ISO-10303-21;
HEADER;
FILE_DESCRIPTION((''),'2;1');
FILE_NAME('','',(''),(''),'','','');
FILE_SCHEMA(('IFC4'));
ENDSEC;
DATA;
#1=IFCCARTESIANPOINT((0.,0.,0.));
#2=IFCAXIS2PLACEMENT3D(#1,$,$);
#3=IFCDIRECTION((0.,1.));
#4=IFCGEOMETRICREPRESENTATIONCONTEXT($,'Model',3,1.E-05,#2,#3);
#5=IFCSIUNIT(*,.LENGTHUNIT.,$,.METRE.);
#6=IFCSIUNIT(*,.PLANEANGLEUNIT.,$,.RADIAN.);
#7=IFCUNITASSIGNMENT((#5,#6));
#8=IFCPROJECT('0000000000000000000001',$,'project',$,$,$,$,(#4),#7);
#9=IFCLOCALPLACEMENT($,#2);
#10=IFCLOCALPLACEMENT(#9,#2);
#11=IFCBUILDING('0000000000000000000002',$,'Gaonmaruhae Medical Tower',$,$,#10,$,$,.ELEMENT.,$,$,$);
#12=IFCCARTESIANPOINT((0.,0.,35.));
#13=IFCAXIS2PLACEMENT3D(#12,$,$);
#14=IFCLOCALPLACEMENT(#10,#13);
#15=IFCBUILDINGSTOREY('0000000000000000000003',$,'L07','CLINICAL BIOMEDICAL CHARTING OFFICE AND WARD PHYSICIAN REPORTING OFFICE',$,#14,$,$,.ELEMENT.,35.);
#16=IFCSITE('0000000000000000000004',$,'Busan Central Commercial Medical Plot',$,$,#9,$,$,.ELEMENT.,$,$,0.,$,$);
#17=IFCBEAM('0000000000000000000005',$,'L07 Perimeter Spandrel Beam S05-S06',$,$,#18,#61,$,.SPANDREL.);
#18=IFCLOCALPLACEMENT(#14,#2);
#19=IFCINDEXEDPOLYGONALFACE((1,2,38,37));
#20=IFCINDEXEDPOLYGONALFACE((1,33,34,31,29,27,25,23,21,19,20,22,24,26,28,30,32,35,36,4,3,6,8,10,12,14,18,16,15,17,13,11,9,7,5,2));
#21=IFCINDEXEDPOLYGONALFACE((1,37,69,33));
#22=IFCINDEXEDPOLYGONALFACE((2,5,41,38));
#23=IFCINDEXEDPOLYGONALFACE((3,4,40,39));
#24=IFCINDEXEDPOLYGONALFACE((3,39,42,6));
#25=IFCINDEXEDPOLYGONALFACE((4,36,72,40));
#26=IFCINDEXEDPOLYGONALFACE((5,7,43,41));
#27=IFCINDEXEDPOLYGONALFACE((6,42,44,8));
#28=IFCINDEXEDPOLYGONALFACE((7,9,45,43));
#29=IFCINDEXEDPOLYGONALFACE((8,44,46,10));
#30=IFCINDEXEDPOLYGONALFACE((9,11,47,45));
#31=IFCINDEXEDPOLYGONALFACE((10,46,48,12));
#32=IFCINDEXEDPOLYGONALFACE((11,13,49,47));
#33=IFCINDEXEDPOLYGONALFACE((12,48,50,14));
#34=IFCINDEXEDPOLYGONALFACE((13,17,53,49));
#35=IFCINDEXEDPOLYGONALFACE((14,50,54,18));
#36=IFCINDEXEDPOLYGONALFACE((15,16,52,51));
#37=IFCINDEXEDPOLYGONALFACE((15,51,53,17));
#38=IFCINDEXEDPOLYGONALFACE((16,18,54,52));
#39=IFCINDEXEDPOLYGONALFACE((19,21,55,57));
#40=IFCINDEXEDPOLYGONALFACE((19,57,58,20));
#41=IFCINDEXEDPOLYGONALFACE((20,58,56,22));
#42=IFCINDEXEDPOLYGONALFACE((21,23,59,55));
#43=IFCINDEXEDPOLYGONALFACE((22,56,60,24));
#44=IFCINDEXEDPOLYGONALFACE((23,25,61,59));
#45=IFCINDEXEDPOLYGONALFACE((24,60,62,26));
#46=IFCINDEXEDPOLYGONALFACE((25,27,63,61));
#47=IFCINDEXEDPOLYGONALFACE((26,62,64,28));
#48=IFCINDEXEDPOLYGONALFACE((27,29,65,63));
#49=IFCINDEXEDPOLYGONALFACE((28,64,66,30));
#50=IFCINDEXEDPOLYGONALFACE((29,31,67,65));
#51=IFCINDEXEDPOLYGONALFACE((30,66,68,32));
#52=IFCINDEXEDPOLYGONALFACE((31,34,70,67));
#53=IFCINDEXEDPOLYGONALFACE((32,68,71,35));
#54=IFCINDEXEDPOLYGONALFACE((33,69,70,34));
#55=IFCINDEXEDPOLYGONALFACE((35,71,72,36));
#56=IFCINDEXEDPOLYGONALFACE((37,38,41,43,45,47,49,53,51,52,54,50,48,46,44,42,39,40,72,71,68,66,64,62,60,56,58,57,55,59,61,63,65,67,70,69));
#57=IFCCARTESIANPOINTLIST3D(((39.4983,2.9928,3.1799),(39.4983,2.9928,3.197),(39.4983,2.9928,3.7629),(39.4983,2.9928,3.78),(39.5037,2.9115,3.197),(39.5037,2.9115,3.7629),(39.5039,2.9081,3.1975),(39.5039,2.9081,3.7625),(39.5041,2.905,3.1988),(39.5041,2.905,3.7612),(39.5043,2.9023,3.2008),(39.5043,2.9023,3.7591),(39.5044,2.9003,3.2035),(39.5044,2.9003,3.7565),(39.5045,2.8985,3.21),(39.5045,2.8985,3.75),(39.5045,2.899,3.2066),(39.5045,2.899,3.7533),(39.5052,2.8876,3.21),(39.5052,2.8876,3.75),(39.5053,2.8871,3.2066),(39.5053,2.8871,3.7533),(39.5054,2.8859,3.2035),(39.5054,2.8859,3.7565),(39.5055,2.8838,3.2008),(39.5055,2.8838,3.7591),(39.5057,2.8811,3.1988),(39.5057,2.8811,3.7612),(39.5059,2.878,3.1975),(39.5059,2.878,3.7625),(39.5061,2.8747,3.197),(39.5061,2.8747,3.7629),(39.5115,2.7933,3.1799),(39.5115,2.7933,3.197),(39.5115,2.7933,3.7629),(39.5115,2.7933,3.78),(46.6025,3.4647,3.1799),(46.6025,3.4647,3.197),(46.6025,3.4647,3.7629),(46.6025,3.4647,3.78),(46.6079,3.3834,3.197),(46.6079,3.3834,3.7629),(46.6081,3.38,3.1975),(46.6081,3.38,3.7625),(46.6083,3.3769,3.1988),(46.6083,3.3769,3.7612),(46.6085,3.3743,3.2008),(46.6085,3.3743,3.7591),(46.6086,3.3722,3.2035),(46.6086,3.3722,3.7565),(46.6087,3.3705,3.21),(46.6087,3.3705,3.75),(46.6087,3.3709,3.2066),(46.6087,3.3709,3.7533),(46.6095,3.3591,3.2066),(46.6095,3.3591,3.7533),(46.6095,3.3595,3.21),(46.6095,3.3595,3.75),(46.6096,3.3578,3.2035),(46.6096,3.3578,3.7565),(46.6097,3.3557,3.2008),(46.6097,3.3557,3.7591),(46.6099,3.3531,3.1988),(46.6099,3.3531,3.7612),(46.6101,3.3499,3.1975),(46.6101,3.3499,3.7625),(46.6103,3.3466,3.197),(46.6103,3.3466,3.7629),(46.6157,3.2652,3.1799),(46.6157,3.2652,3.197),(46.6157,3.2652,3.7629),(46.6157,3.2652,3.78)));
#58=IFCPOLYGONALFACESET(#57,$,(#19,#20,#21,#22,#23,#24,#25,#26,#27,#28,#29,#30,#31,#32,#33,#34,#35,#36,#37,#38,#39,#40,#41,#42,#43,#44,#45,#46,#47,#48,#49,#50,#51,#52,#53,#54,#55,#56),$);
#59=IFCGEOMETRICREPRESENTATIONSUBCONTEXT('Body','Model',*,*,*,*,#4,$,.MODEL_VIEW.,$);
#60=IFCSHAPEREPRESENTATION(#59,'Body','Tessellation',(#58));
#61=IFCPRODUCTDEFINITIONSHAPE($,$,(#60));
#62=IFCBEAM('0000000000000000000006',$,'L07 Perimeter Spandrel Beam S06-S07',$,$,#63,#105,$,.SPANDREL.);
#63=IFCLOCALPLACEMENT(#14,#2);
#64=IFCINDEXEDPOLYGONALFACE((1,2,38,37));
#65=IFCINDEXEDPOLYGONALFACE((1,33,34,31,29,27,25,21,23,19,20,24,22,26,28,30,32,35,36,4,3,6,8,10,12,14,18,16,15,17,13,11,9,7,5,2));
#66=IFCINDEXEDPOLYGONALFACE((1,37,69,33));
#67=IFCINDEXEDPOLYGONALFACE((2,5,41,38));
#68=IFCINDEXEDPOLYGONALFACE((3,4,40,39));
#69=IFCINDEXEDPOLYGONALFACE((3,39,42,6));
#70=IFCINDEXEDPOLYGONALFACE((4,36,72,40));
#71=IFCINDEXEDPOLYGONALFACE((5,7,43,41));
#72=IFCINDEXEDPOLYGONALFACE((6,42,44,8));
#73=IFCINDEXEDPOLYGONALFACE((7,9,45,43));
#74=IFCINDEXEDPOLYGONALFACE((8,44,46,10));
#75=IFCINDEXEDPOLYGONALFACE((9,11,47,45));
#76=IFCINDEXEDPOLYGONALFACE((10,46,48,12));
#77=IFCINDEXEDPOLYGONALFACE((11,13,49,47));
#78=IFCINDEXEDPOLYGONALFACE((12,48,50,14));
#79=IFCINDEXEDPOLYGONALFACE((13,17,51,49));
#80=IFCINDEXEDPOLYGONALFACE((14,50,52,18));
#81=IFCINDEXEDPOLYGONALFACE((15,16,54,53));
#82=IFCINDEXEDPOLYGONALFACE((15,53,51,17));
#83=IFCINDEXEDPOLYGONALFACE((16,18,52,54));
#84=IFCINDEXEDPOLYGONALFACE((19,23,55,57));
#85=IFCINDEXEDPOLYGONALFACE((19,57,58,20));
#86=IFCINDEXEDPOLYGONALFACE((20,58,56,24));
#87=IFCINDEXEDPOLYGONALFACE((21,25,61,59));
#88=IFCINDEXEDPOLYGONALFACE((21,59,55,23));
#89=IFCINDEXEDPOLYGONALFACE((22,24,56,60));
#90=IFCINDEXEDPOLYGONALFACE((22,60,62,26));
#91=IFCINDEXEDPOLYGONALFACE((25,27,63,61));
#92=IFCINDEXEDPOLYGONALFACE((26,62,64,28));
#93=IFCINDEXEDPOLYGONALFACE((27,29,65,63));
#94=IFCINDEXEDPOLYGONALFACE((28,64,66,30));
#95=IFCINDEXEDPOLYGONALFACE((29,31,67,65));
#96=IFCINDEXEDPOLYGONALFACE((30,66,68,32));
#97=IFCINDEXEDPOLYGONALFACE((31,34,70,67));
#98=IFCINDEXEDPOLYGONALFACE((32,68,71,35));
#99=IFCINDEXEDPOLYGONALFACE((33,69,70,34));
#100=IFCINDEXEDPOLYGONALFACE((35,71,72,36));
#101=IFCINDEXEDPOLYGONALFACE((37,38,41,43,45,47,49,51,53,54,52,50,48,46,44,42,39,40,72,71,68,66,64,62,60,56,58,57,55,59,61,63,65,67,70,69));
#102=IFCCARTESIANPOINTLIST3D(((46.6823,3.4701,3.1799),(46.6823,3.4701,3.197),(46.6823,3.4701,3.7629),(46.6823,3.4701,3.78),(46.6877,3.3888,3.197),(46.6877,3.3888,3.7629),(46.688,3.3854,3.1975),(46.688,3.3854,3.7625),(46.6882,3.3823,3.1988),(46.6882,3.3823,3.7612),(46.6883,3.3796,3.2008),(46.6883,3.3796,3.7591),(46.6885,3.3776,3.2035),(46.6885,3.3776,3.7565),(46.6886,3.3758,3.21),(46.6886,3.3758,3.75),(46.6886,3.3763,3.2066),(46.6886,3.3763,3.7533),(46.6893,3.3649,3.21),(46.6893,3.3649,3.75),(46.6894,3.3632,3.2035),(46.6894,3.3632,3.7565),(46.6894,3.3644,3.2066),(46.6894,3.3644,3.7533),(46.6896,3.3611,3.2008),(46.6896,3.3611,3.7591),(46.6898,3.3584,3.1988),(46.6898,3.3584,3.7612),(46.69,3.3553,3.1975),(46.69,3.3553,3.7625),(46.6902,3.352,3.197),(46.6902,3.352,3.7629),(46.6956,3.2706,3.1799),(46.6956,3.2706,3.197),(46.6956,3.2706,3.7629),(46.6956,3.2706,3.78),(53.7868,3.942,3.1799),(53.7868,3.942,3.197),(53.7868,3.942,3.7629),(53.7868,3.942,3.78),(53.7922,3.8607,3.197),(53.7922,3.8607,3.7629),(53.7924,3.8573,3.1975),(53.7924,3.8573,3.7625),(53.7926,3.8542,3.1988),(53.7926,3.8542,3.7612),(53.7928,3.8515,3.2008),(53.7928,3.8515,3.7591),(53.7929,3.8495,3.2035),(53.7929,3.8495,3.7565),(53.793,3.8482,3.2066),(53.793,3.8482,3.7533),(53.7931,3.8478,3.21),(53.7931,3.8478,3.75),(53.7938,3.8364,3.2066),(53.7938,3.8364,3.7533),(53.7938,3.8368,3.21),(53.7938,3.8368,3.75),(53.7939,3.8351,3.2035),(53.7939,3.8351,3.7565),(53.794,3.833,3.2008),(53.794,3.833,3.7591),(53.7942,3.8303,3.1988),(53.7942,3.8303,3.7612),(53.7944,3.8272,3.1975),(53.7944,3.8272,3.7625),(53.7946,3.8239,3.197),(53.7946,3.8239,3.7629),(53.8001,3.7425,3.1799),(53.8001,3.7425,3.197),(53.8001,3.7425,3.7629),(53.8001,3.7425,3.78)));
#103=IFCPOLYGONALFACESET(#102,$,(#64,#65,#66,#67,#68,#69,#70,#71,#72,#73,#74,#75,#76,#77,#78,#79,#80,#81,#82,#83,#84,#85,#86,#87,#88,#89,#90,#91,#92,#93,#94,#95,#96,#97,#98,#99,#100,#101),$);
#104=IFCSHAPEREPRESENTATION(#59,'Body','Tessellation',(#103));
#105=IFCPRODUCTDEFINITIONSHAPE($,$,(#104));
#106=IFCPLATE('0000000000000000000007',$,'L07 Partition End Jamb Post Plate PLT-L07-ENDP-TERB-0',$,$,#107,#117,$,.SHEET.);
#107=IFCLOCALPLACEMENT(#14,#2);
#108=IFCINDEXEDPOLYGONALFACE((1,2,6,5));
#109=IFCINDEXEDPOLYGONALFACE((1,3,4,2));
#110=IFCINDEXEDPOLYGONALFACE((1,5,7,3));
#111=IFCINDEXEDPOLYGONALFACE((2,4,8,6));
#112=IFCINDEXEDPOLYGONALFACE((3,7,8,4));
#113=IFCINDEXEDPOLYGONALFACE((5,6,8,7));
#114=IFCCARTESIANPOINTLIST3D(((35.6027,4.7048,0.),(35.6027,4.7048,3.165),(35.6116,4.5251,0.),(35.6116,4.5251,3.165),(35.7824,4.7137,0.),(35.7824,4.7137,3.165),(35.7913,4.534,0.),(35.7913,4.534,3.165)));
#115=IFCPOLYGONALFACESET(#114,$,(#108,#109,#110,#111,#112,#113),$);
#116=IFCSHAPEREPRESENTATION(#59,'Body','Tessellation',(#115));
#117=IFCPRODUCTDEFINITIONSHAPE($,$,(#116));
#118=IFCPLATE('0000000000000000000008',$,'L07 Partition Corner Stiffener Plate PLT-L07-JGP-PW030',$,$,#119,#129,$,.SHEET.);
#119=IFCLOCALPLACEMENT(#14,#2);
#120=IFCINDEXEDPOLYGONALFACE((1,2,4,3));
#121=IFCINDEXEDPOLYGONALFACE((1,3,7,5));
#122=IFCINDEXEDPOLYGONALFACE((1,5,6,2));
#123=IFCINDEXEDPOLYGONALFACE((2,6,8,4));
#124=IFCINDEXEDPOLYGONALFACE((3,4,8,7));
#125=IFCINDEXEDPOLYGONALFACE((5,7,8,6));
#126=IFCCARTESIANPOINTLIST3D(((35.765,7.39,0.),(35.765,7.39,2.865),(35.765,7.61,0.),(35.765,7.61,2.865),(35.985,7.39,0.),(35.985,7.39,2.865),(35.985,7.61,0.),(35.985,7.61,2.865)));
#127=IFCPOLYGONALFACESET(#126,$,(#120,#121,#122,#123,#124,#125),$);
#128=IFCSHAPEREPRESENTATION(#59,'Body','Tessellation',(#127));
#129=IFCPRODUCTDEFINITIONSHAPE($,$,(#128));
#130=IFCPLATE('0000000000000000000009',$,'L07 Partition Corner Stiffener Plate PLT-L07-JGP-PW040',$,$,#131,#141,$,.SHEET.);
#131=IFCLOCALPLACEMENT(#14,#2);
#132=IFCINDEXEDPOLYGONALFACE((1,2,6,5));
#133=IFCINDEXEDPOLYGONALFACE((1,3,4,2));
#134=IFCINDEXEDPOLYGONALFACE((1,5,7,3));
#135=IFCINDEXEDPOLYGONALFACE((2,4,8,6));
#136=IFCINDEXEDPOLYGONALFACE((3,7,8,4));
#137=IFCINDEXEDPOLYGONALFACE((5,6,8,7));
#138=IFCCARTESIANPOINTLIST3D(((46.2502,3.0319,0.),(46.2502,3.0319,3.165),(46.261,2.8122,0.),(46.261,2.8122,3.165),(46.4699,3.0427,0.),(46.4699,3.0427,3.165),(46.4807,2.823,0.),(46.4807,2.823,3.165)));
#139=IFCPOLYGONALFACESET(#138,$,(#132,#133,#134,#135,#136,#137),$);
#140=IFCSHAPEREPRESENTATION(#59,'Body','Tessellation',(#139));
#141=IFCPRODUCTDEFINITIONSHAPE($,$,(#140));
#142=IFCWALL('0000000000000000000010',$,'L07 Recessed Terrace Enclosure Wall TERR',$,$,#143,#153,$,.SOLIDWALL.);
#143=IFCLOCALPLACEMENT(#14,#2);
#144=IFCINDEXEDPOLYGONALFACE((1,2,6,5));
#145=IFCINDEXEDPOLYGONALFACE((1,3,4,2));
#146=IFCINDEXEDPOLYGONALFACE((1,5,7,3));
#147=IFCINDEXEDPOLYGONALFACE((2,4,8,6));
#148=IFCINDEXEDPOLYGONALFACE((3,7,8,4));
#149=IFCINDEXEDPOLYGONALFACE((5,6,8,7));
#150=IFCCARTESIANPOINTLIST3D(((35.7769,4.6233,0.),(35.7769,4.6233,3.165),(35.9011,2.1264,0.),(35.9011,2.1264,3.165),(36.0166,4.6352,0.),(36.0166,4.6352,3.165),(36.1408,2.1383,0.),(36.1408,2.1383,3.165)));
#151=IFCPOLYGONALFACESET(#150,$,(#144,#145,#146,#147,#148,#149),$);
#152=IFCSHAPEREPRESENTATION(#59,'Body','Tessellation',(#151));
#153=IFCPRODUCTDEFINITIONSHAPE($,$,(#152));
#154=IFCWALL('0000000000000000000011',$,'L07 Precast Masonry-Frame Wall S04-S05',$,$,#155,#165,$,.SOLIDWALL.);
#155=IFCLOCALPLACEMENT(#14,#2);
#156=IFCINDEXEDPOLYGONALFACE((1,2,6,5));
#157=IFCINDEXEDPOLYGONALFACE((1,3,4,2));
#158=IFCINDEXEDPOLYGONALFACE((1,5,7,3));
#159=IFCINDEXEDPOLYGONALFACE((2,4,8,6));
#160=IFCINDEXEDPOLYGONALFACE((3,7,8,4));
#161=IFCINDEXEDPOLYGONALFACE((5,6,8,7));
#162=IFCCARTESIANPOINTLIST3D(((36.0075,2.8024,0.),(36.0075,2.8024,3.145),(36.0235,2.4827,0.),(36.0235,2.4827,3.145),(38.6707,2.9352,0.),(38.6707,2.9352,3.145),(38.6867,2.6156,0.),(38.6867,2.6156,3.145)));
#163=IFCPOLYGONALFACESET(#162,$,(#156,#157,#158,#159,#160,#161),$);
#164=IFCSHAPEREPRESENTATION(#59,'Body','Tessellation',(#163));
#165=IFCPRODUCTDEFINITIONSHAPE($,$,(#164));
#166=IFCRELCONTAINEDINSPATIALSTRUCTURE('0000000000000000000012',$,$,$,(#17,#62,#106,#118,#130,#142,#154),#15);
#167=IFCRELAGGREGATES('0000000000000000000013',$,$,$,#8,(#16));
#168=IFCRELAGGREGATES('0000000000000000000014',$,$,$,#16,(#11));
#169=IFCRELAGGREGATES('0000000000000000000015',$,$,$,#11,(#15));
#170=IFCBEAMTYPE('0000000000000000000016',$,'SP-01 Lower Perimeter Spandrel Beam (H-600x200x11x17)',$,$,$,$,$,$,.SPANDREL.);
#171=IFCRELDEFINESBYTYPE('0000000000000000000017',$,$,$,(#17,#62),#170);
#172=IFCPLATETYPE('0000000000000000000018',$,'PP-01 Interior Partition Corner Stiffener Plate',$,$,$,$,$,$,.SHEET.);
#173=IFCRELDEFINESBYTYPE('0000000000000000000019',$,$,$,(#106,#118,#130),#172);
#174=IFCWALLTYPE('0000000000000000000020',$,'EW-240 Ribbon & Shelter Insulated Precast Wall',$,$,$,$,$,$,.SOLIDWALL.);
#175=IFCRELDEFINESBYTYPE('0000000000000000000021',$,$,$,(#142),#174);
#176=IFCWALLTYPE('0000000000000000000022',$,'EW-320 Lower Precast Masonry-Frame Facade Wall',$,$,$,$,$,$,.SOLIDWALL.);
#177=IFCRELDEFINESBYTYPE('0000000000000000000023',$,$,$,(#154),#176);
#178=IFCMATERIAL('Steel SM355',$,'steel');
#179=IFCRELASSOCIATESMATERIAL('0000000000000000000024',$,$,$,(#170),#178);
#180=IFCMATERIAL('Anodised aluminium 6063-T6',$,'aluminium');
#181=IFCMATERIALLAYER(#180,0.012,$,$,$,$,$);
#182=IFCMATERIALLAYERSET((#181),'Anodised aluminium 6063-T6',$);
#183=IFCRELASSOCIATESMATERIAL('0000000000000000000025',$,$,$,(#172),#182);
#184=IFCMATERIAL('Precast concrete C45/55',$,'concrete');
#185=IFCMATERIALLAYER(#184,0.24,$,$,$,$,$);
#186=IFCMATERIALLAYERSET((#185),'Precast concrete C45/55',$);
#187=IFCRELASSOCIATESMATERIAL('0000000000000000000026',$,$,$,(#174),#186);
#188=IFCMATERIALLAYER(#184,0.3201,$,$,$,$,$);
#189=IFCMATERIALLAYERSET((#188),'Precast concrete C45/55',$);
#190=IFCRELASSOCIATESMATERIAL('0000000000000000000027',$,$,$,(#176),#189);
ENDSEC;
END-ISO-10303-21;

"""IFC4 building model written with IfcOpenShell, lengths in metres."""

from ifc_helpers import new_model, si_unit, direction, frame, frame_2d, origin, origin_2d, place, context, subcontext, project, spatial, rectangle, i_section, extrude, material, layer, layer_set, material_profile, profile_set, type_object, element, save


model = new_model("IFC4")

# Units and contexts
model_context = context("Model", 3, precision=1e-05, world=origin(), true_north=direction((0.0, 1.0)))
body_context = subcontext(model_context, "Body", "Model", "MODEL_VIEW")
ifc_project = project(units=[si_unit("LENGTHUNIT", "METRE"), si_unit("PLANEANGLEUNIT", "RADIAN")], contexts=[model_context])

# Site, building, storey
site_placement = place(None, origin())
site = spatial("IfcSite", under=ifc_project, at=site_placement, Name="Busan Central Commercial Medical Plot", CompositionType="ELEMENT", RefElevation=0.0)
building_placement = place(site_placement, origin())
building = spatial("IfcBuilding", under=site, at=building_placement, Name="Gaonmaruhae Medical Tower", CompositionType="ELEMENT")
storey_placement = place(building_placement, frame((0.0, 0.0, 35.0)))
storey = spatial("IfcBuildingStorey", under=building, at=storey_placement, Name="L07", Description="CLINICAL BIOMEDICAL CHARTING OFFICE AND WARD PHYSICIAN REPORTING OFFICE", CompositionType="ELEMENT", Elevation=35.0)

# Beams
ifc_material_1 = material(Name="Steel SM355", Category="steel")
ifc_material_profile_1 = material_profile(ifc_material_1, i_section(OverallWidth=0.2, OverallDepth=0.6001, WebThickness=0.011, FlangeThickness=0.0171, FilletRadius=0.0129, at=origin_2d()), Name="H-600x200x11x17")
ifc_profile_set_1 = profile_set([ifc_material_profile_1], Name="Steel SM355")
beam_type_1 = type_object("IfcBeamType", Name="SP-01 Lower Perimeter Spandrel Beam (H-600x200x11x17)", PredefinedType="SPANDREL", material=ifc_profile_set_1)
beam_1_placement = place(storey_placement, frame((39.5049, 2.8931, 3.48), z_axis=(0.997801, 0.066282, 0.0), x_axis=(-0.066282, 0.997801, 0.0)))
element("IfcBeam", 1, at=beam_1_placement, inside=storey, type_object=beam_type_1, Name="L07 Perimeter Spandrel Beam S05-S06", PredefinedType="SPANDREL", context=body_context, shape_type="SweptSolid", body=[
    extrude(i_section(OverallWidth=0.2, OverallDepth=0.6001, WebThickness=0.011, FlangeThickness=0.0171, FilletRadius=0.0129, at=origin_2d()), origin(), (0.0, 0.0, 1.0), 7.1199),
])
beam_2_placement = place(storey_placement, frame((46.689, 3.3704, 3.48), z_axis=(0.997801, 0.06628, 0.0), x_axis=(-0.06628, 0.997801, 0.0)))
element("IfcBeam", 2, at=beam_2_placement, inside=storey, type_object=beam_type_1, Name="L07 Perimeter Spandrel Beam S06-S07", PredefinedType="SPANDREL", context=body_context, shape_type="SweptSolid", body=[
    extrude(i_section(OverallWidth=0.2, OverallDepth=0.6001, WebThickness=0.011, FlangeThickness=0.0171, FilletRadius=0.0129, at=origin_2d()), origin(), (0.0, 0.0, 1.0), 7.1201),
])

# Plates
ifc_material_2 = material(Name="Anodised aluminium 6063-T6", Category="aluminium")
ifc_layer_1 = layer(ifc_material_2, 0.012)
ifc_layer_set_1 = layer_set([ifc_layer_1], Name="Anodised aluminium 6063-T6")
plate_type = type_object("IfcPlateType", Name="PP-01 Interior Partition Corner Stiffener Plate", PredefinedType="SHEET", material=ifc_layer_set_1)
plate_1_placement = place(storey_placement, frame((35.697, 4.6194, 0.0), z_axis=(0.0, 0.0, 1.0), x_axis=(-0.998764, -0.049704, 0.0)))
element("IfcPlate", 3, at=plate_1_placement, inside=storey, type_object=plate_type, Name="L07 Partition End Jamb Post Plate PLT-L07-ENDP-TERB-0", PredefinedType="SHEET", context=body_context, shape_type="SweptSolid", body=[
    extrude(rectangle(XDim=0.1799, YDim=0.1799, at=origin_2d()), origin(), (0.0, 0.0, 1.0), 3.165),
])
plate_2_placement = place(storey_placement, frame((35.875, 7.5, 0.0), z_axis=(0.0, 0.0, 1.0), x_axis=(1.0, 0.0, 0.0)))
element("IfcPlate", 4, at=plate_2_placement, inside=storey, type_object=plate_type, Name="L07 Partition Corner Stiffener Plate PLT-L07-JGP-PW030", PredefinedType="SHEET", context=body_context, shape_type="SweptSolid", body=[
    extrude(rectangle(XDim=0.22, YDim=0.22, at=origin_2d()), origin(), (0.0, 0.0, 1.0), 2.865),
])
plate_3_placement = place(storey_placement, frame((46.3655, 2.9275, 0.0), z_axis=(0.0, 0.0, 1.0), x_axis=(-0.998791, -0.049164, 0.0)))
element("IfcPlate", 5, at=plate_3_placement, inside=storey, type_object=plate_type, Name="L07 Partition Corner Stiffener Plate PLT-L07-JGP-PW040", PredefinedType="SHEET", context=body_context, shape_type="SweptSolid", body=[
    extrude(rectangle(XDim=0.22, YDim=0.22, at=origin_2d()), origin(), (0.0, 0.0, 1.0), 3.165),
])

# Shared definitions
ifc_material_3 = material(Name="Precast concrete C45/55", Category="concrete")
ifc_layer_2 = layer(ifc_material_3, 0.24)
ifc_layer_set_2 = layer_set([ifc_layer_2], Name="Precast concrete C45/55")
wall_type_1 = type_object("IfcWallType", Name="EW-240 Ribbon & Shelter Insulated Precast Wall", PredefinedType="SOLIDWALL", material=ifc_layer_set_2)

# Walls
wall_1_placement = place(storey_placement, frame((36.021, 2.1323, 0.0), z_axis=(0.0, 0.0, 1.0), x_axis=(-0.049709, 0.998764, 0.0)))
element("IfcWall", 6, at=wall_1_placement, inside=storey, type_object=wall_type_1, Name="L07 Recessed Terrace Enclosure Wall TERR", PredefinedType="SOLIDWALL", context=body_context, shape_type="SweptSolid", body=[
    extrude(rectangle(XDim=2.5, YDim=0.24, at=frame_2d((1.25, 0.0))), origin(), (0.0, 0.0, 1.0), 3.165),
])
ifc_layer_3 = layer(ifc_material_3, 0.3201)
ifc_layer_set_3 = layer_set([ifc_layer_3], Name="Precast concrete C45/55")
wall_type_2 = type_object("IfcWallType", Name="EW-320 Lower Precast Masonry-Frame Facade Wall", PredefinedType="SOLIDWALL", material=ifc_layer_set_3)
wall_2_placement = place(storey_placement, frame((38.6787, 2.7754, 0.0), z_axis=(0.0, 0.0, 1.0), x_axis=(-0.998759, -0.04981, 0.0)))
element("IfcWall", 7, at=wall_2_placement, inside=storey, type_object=wall_type_2, Name="L07 Precast Masonry-Frame Wall S04-S05", PredefinedType="SOLIDWALL", context=body_context, shape_type="SweptSolid", body=[
    extrude(rectangle(XDim=2.6665, YDim=0.3201, at=frame_2d((1.3333, 0.0))), origin(), (0.0, 0.0, 1.0), 3.145),
])

save(model, "model.ifc")
